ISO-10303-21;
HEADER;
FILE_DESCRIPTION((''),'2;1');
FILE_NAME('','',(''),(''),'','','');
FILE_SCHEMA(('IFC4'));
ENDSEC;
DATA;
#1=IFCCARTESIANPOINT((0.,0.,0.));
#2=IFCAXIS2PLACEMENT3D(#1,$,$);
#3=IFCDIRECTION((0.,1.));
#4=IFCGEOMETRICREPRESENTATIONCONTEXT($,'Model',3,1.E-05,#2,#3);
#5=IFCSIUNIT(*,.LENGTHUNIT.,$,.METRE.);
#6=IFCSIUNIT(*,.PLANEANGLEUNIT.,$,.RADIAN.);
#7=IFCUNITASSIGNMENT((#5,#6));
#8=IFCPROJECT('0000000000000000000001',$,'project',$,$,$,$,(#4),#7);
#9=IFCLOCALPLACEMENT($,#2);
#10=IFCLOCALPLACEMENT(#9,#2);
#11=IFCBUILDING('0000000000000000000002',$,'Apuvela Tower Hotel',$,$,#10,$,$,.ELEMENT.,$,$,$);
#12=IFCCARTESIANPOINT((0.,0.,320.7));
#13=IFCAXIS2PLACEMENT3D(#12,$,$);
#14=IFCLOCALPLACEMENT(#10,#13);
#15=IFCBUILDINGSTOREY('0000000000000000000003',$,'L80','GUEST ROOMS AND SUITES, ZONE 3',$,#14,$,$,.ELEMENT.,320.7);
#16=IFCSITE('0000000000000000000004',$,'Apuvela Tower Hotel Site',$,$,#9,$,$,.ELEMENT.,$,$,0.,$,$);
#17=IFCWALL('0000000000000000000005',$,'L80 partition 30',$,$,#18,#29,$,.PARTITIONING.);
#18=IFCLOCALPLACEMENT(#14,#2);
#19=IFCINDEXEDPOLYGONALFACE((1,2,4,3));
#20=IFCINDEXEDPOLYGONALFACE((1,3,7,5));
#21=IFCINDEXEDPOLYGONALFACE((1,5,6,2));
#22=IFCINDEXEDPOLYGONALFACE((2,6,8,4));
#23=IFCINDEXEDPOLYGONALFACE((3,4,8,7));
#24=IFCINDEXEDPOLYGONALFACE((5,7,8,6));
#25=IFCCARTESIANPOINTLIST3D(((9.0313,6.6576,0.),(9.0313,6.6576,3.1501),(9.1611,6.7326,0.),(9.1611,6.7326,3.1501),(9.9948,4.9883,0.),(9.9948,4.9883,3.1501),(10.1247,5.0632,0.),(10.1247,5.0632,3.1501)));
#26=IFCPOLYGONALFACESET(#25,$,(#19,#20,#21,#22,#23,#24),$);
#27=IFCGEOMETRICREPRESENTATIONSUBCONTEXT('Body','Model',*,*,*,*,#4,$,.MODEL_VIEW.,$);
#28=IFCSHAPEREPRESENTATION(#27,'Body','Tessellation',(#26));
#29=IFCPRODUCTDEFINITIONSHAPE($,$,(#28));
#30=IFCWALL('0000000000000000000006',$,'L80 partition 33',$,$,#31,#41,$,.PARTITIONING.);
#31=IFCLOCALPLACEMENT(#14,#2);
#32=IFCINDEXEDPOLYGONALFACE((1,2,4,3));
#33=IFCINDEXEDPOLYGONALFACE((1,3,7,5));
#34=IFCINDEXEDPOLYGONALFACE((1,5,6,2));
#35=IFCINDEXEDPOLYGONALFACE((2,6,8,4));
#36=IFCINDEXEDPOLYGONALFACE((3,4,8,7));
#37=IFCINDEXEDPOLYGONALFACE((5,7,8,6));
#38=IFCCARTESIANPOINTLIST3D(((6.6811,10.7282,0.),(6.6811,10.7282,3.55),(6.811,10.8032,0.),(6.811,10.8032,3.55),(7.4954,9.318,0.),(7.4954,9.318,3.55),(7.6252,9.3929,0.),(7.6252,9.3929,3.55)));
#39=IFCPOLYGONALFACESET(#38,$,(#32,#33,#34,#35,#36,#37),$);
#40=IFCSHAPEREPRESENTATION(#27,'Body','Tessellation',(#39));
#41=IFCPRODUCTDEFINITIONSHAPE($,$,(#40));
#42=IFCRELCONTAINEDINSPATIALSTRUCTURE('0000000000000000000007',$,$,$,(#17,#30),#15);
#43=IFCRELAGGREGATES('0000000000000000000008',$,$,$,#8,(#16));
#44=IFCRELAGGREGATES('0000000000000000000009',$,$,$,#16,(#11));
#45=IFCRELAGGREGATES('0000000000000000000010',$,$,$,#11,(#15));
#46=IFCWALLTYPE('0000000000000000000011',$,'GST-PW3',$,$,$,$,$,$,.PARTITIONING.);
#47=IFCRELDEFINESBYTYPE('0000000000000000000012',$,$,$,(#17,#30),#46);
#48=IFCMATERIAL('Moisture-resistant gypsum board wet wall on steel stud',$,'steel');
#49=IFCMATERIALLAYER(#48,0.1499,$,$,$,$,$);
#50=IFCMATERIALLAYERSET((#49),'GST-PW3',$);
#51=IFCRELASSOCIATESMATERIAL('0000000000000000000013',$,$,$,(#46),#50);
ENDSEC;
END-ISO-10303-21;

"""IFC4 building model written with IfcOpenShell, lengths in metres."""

from ifc_helpers import new_model, si_unit, direction, frame, frame_2d, origin, place, context, subcontext, project, spatial, rectangle, extrude, material, layer, layer_set, type_object, element, save


model = new_model("IFC4")

# Units and contexts
model_context = context("Model", 3, precision=1e-05, world=origin(), true_north=direction((0.0, 1.0)))
body_context = subcontext(model_context, "Body", "Model", "MODEL_VIEW")
ifc_project = project(units=[si_unit("LENGTHUNIT", "METRE"), si_unit("PLANEANGLEUNIT", "RADIAN")], contexts=[model_context])

# Site, building, storey
site_placement = place(None, origin())
site = spatial("IfcSite", under=ifc_project, at=site_placement, Name="Apuvela Tower Hotel Site", CompositionType="ELEMENT", RefElevation=0.0)
building_placement = place(site_placement, origin())
building = spatial("IfcBuilding", under=site, at=building_placement, Name="Apuvela Tower Hotel", CompositionType="ELEMENT")
storey_placement = place(building_placement, frame((0.0, 0.0, 320.7)))
storey = spatial("IfcBuildingStorey", under=building, at=storey_placement, Name="L80", Description="GUEST ROOMS AND SUITES, ZONE 3", CompositionType="ELEMENT", Elevation=320.7)

# Shared definitions
ifc_material_1 = material(Name="Moisture-resistant gypsum board wet wall on steel stud", Category="steel")
ifc_layer_1 = layer(ifc_material_1, 0.1499)
ifc_layer_set_1 = layer_set([ifc_layer_1], Name="GST-PW3")
wall_type_1 = type_object("IfcWallType", Name="GST-PW3", PredefinedType="PARTITIONING", material=ifc_layer_set_1)

# Walls
wall_1_placement = place(storey_placement, frame((10.0598, 5.0256, 0.0), z_axis=(0.0, 0.0, 1.0), x_axis=(-0.499912, 0.866076, 0.0)))
element("IfcWall", 1, at=wall_1_placement, inside=storey, type_object=wall_type_1, Name="L80 partition 30", PredefinedType="PARTITIONING", context=body_context, shape_type="SweptSolid", body=[
    extrude(rectangle(XDim=1.9275, YDim=0.1499, at=frame_2d((0.9639, 0.0))), origin(), (0.0, 0.0, 1.0), 3.1501),
])
wall_2_placement = place(storey_placement, frame((7.5603, 9.3555, 0.0), z_axis=(0.0, 0.0, 1.0), x_axis=(-0.500025, 0.866011, 0.0)))
element("IfcWall", 2, at=wall_2_placement, inside=storey, type_object=wall_type_1, Name="L80 partition 33", PredefinedType="PARTITIONING", context=body_context, shape_type="SweptSolid", body=[
    extrude(rectangle(XDim=1.6284, YDim=0.1499, at=frame_2d((0.8142, 0.0))), origin(), (0.0, 0.0, 1.0), 3.55),
])

save(model, "model.ifc")
